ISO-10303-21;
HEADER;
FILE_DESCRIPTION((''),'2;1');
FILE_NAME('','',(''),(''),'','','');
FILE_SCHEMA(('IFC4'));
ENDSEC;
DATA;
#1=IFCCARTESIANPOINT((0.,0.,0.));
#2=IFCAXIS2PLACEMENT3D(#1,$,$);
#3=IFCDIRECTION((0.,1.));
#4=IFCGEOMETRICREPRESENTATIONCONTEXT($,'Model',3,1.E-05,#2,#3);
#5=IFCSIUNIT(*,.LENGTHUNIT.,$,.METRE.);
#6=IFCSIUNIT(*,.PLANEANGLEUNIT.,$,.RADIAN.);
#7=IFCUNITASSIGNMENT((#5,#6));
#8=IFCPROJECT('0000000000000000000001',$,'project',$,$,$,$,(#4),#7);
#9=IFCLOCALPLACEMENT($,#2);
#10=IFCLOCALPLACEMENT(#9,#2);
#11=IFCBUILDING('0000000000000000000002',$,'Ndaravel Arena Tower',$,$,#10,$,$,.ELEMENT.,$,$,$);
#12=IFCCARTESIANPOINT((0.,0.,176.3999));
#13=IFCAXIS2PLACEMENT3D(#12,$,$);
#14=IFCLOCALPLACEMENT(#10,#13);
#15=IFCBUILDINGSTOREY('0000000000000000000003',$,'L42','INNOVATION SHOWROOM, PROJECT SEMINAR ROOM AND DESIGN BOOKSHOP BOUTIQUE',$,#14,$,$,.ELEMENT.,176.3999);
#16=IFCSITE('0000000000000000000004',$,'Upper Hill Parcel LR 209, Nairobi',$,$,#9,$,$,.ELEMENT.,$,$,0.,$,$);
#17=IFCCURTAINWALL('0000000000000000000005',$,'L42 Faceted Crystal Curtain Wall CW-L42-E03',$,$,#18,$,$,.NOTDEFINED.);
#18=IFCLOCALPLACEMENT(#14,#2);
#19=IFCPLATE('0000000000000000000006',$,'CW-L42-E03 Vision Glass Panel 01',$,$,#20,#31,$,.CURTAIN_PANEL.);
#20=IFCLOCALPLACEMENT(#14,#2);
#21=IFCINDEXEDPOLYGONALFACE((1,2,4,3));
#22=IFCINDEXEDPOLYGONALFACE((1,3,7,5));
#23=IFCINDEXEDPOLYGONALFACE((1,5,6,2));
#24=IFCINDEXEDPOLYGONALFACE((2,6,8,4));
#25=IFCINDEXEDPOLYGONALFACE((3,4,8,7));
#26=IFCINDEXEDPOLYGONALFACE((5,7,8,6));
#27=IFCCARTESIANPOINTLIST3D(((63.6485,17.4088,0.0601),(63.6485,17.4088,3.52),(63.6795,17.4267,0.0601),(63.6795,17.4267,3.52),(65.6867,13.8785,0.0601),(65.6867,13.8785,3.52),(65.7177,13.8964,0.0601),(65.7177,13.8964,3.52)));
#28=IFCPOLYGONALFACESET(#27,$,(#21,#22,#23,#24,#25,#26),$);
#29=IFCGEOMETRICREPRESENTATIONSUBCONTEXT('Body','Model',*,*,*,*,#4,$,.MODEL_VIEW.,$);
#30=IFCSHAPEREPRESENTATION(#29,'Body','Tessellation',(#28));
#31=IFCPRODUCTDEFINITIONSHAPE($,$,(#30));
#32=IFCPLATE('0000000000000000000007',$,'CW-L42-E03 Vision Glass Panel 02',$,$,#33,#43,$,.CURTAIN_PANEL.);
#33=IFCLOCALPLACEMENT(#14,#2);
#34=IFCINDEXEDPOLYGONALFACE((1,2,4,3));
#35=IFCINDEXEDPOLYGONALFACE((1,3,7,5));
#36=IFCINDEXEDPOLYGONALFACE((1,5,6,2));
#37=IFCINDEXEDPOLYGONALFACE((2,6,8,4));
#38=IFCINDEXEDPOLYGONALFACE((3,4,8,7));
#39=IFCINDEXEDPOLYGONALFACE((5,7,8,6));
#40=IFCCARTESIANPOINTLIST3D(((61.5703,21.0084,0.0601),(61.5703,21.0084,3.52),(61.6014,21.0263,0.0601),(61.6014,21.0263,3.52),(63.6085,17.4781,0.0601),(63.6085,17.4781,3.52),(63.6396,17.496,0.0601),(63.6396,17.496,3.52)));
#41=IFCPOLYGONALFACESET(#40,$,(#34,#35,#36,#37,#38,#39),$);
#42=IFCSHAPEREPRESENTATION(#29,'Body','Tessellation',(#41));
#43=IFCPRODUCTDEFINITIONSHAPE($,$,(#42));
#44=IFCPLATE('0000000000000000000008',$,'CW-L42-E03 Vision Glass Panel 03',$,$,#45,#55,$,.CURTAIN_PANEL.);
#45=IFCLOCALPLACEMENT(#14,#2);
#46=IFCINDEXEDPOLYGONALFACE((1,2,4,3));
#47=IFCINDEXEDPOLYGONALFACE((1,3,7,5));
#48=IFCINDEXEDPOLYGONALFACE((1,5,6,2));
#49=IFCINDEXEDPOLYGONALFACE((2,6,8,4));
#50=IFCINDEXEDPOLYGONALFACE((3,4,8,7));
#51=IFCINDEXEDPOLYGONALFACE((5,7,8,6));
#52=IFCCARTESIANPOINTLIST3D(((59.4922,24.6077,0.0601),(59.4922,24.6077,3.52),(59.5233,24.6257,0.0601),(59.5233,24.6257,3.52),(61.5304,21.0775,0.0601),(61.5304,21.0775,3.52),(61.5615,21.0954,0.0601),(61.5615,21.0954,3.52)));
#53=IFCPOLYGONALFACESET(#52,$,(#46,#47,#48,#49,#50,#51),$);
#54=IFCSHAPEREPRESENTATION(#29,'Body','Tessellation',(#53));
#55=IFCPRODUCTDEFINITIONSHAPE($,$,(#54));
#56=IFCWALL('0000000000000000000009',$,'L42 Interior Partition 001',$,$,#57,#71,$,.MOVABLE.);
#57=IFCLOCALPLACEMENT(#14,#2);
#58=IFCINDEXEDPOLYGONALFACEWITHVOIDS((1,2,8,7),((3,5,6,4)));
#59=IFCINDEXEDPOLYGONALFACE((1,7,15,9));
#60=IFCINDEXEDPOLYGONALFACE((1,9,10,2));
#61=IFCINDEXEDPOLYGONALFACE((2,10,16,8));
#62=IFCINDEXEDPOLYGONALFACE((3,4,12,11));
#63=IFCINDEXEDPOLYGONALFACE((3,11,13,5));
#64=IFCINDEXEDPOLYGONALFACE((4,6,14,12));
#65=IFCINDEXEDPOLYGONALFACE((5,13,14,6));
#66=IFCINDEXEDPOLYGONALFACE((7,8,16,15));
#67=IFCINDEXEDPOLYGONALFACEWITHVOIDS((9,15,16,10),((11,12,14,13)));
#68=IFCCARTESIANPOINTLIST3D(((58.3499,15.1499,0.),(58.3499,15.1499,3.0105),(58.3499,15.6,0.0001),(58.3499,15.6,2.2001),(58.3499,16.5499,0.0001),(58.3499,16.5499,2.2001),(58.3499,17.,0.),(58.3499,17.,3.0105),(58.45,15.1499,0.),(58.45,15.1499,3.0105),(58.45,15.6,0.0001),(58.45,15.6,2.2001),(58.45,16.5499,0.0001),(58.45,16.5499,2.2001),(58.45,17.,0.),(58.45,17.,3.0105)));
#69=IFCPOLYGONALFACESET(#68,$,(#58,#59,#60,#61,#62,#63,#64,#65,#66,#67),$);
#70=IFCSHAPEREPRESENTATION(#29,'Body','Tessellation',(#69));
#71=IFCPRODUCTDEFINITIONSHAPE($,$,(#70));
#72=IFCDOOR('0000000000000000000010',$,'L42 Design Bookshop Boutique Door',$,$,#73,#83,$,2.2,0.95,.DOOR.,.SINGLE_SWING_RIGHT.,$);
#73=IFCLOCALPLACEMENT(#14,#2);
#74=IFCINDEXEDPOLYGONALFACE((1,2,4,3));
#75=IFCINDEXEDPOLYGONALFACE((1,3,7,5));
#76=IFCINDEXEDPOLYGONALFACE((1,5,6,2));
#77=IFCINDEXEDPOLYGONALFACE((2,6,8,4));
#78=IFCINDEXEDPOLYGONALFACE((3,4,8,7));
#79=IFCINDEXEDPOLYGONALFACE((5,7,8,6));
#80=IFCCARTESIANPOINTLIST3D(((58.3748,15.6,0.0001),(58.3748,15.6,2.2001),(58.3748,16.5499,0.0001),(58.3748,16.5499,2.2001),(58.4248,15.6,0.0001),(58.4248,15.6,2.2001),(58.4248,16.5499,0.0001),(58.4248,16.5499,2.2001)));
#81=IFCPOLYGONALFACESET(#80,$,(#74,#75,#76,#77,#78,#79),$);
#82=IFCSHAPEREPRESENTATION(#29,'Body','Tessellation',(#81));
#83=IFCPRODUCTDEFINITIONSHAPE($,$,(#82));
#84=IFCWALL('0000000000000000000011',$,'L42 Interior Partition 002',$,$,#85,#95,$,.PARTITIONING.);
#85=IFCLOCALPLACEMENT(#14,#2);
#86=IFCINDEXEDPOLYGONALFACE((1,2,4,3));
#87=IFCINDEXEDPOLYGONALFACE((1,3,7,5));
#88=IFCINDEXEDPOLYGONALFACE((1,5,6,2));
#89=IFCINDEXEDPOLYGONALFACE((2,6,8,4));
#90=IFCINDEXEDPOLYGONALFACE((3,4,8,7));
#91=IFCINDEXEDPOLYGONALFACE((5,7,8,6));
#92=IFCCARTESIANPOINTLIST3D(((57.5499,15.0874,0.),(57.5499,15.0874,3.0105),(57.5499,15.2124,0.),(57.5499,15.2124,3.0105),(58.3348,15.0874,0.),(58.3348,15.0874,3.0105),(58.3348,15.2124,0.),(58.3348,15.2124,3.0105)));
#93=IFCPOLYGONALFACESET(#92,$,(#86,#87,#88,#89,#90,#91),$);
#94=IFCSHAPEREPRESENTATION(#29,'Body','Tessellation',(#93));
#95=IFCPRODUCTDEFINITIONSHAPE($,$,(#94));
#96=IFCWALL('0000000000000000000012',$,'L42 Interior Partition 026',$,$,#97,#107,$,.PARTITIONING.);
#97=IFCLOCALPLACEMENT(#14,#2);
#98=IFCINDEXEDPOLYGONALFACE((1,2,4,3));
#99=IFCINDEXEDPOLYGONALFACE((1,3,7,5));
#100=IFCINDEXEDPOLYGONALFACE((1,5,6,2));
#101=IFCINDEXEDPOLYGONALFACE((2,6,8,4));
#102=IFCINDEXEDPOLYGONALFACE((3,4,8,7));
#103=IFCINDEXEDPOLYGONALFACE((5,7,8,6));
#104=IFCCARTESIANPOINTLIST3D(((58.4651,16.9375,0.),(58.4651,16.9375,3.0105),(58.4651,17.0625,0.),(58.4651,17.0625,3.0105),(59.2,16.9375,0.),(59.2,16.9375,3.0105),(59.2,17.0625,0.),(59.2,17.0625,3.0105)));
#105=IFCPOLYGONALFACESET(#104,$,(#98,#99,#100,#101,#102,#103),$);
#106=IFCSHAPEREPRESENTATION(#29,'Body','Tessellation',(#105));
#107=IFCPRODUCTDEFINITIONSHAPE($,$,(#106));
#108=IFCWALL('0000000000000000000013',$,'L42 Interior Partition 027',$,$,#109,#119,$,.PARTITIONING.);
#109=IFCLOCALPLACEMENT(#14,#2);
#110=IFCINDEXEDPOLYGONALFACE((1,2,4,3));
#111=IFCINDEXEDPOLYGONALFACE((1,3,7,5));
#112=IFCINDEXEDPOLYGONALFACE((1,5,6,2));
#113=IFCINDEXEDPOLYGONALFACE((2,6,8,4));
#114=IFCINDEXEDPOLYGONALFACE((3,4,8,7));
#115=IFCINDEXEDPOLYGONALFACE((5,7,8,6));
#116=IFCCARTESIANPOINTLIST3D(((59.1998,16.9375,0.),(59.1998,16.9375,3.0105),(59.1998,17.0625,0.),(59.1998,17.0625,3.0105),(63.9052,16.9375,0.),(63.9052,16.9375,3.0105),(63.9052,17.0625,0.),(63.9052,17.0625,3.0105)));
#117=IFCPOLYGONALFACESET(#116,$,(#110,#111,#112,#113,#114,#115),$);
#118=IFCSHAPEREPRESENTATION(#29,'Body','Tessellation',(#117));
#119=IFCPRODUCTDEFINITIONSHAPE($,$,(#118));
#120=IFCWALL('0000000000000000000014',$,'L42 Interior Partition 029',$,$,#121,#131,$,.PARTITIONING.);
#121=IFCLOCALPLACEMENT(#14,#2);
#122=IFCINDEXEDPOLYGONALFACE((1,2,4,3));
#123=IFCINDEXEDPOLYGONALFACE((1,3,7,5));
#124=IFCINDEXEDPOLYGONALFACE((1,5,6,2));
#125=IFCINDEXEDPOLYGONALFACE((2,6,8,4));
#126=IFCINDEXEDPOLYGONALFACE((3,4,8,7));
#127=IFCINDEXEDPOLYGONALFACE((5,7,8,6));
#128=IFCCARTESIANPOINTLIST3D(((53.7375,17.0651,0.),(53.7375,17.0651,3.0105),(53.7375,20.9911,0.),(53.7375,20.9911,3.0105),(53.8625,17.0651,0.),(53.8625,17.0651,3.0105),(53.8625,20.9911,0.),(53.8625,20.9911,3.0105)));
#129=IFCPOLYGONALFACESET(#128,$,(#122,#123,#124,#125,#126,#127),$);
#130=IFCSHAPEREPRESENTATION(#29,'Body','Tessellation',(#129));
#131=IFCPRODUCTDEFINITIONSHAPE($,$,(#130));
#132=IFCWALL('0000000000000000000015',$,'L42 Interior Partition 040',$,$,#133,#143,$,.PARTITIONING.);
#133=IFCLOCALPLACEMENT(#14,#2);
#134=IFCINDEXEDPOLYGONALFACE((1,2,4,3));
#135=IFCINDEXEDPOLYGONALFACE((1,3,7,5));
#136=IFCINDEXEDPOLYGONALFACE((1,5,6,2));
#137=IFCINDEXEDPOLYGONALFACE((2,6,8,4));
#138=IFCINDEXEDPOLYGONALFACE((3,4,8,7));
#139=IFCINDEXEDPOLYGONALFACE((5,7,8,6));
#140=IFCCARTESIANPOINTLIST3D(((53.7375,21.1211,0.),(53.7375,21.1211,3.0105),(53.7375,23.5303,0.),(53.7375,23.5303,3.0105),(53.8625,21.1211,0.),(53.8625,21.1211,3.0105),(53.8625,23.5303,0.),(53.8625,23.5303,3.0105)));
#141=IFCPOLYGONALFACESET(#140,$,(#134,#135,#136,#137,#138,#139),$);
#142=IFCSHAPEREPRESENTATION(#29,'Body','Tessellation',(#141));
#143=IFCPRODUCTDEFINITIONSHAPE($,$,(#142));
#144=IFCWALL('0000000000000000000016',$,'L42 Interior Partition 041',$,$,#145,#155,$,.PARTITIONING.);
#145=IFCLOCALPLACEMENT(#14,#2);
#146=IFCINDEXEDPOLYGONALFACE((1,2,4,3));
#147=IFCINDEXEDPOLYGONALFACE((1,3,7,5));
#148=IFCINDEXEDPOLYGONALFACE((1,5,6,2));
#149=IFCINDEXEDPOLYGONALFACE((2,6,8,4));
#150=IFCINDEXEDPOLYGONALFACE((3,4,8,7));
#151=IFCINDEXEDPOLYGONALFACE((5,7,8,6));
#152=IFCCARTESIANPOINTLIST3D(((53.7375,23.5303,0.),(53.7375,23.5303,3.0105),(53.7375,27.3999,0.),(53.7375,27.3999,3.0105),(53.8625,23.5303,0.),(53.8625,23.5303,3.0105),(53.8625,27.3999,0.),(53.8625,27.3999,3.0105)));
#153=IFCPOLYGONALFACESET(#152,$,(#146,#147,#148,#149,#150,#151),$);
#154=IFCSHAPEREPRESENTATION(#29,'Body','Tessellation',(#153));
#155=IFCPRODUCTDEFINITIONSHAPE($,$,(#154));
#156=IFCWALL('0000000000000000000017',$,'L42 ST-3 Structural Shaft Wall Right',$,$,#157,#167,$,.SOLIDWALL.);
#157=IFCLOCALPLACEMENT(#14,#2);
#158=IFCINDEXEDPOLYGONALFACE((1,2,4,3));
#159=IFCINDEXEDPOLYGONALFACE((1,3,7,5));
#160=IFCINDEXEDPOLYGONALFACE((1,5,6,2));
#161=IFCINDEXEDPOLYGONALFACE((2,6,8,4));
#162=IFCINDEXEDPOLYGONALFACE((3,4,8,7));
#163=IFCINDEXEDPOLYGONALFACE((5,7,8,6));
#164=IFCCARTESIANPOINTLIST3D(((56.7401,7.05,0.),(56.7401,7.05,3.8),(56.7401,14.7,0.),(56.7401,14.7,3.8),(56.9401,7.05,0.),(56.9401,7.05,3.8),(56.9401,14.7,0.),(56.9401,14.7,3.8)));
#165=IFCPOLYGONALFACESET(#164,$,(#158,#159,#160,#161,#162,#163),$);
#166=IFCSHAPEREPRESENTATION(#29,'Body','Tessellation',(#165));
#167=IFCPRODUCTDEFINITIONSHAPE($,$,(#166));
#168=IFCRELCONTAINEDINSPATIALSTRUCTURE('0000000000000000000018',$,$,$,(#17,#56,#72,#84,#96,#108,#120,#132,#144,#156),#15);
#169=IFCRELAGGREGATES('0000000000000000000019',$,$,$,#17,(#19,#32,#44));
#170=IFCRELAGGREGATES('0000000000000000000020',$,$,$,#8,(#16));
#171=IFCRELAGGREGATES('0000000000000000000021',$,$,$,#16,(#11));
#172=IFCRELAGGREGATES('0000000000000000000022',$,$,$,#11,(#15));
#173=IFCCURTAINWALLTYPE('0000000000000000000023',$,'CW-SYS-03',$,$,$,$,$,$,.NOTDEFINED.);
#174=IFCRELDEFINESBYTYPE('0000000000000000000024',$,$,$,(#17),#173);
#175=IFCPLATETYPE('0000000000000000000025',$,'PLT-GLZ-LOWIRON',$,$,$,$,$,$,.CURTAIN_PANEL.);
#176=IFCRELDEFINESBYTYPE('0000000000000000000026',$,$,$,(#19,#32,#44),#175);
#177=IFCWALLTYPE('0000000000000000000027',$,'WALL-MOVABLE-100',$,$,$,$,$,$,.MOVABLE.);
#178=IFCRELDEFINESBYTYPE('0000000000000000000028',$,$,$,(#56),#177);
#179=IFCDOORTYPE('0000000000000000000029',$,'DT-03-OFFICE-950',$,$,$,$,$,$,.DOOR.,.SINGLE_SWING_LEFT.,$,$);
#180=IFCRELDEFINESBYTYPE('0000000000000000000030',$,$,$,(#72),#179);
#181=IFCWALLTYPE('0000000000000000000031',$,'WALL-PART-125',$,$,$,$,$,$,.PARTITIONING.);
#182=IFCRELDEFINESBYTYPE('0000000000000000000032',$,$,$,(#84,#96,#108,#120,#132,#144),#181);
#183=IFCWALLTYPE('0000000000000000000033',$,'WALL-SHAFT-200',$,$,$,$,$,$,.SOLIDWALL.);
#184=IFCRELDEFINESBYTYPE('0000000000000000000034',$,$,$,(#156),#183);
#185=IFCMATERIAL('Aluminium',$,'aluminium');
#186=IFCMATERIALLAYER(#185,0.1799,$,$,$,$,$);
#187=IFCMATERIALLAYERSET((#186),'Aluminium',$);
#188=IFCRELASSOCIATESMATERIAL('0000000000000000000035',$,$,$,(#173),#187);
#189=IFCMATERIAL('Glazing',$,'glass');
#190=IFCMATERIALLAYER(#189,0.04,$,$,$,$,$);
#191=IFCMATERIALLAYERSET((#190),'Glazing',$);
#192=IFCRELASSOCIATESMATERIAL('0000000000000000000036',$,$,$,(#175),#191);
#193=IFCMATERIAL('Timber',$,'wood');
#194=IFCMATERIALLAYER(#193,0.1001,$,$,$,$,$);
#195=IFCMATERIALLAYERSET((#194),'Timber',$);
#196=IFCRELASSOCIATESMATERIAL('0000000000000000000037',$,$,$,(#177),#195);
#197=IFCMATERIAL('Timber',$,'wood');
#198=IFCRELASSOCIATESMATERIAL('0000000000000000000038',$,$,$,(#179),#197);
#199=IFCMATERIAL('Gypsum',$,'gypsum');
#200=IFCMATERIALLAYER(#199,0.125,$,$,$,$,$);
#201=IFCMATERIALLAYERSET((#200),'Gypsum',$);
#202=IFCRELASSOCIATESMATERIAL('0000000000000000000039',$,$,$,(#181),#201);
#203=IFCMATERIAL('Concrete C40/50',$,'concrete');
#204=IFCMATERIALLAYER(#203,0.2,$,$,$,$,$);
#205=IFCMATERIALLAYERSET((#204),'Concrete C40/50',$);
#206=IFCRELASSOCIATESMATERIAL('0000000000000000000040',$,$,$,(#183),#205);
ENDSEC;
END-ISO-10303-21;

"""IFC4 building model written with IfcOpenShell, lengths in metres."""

from ifc_helpers import new_model, si_unit, direction, frame, frame_2d, origin, origin_2d, place, context, subcontext, project, spatial, rectangle, extrude, material, layer, layer_set, type_object, element, fill, aggregate, save


model = new_model("IFC4")

# Units and contexts
model_context = context("Model", 3, precision=1e-05, world=origin(), true_north=direction((0.0, 1.0)))
body_context = subcontext(model_context, "Body", "Model", "MODEL_VIEW")
ifc_project = project(units=[si_unit("LENGTHUNIT", "METRE"), si_unit("PLANEANGLEUNIT", "RADIAN")], contexts=[model_context])

# Site, building, storey
site_placement = place(None, origin())
site = spatial("IfcSite", under=ifc_project, at=site_placement, Name="Upper Hill Parcel LR 209, Nairobi", CompositionType="ELEMENT", RefElevation=0.0)
building_placement = place(site_placement, origin())
building = spatial("IfcBuilding", under=site, at=building_placement, Name="Ndaravel Arena Tower", CompositionType="ELEMENT")
storey_placement = place(building_placement, frame((0.0, 0.0, 176.3999)))
storey = spatial("IfcBuildingStorey", under=building, at=storey_placement, Name="L42", Description="INNOVATION SHOWROOM, PROJECT SEMINAR ROOM AND DESIGN BOOKSHOP BOUTIQUE", CompositionType="ELEMENT", Elevation=176.3999)

# Curtain wall, plates
ifc_material_1 = material(Name="Aluminium", Category="aluminium")
ifc_layer_1 = layer(ifc_material_1, 0.1799)
ifc_layer_set_1 = layer_set([ifc_layer_1], Name="Aluminium")
curtain_wall_type = type_object("IfcCurtainWallType", Name="CW-SYS-03", PredefinedType="NOTDEFINED", material=ifc_layer_set_1)
curtain_wall_placement = place(storey_placement, origin())
curtain_wall = element("IfcCurtainWall", 1, at=curtain_wall_placement, inside=storey, type_object=curtain_wall_type, Name="L42 Faceted Crystal Curtain Wall CW-L42-E03", PredefinedType="NOTDEFINED")
ifc_material_2 = material(Name="Glazing", Category="glass")
ifc_layer_2 = layer(ifc_material_2, 0.04)
ifc_layer_set_2 = layer_set([ifc_layer_2], Name="Glazing")
plate_type = type_object("IfcPlateType", Name="PLT-GLZ-LOWIRON", PredefinedType="CURTAIN_PANEL", material=ifc_layer_set_2)
plate_1_placement = place(storey_placement, frame((64.6831, 15.6526, 0.0601), z_axis=(0.0, 0.0, 1.0), x_axis=(-0.5, 0.866025, 0.0)))
plate_1 = element("IfcPlate", 2, at=plate_1_placement, type_object=plate_type, Name="CW-L42-E03 Vision Glass Panel 01", PredefinedType="CURTAIN_PANEL", context=body_context, shape_type="SweptSolid", body=[
    extrude(rectangle(XDim=4.0764, YDim=0.0359, at=origin_2d()), origin(), (0.0, 0.0, 1.0), 3.46),
])
plate_2_placement = place(storey_placement, frame((62.605, 19.2522, 0.0601), z_axis=(0.0, 0.0, 1.0), x_axis=(-0.5, 0.866025, 0.0)))
plate_2 = element("IfcPlate", 3, at=plate_2_placement, type_object=plate_type, Name="CW-L42-E03 Vision Glass Panel 02", PredefinedType="CURTAIN_PANEL", context=body_context, shape_type="SweptSolid", body=[
    extrude(rectangle(XDim=4.0764, YDim=0.0359, at=origin_2d()), origin(), (0.0, 0.0, 1.0), 3.46),
])
plate_3_placement = place(storey_placement, frame((60.5269, 22.8516, 0.0601), z_axis=(0.0, 0.0, 1.0), x_axis=(-0.5, 0.866025, 0.0)))
plate_3 = element("IfcPlate", 4, at=plate_3_placement, type_object=plate_type, Name="CW-L42-E03 Vision Glass Panel 03", PredefinedType="CURTAIN_PANEL", context=body_context, shape_type="SweptSolid", body=[
    extrude(rectangle(XDim=4.0764, YDim=0.0359, at=origin_2d()), origin(), (0.0, 0.0, 1.0), 3.46),
])
aggregate(curtain_wall, [plate_1, plate_2, plate_3])

# Wall, opening, door
ifc_material_3 = material(Name="Timber", Category="wood")
ifc_layer_3 = layer(ifc_material_3, 0.1001)
ifc_layer_set_3 = layer_set([ifc_layer_3], Name="Timber")
wall_type_1 = type_object("IfcWallType", Name="WALL-MOVABLE-100", PredefinedType="MOVABLE", material=ifc_layer_set_3)
wall_1_placement = place(storey_placement, frame((58.3999, 17.0, 0.0), z_axis=(0.0, 0.0, 1.0), x_axis=(0.0, -1.0, 0.0)))
wall_1 = element("IfcWall", 5, at=wall_1_placement, inside=storey, type_object=wall_type_1, Name="L42 Interior Partition 001", PredefinedType="MOVABLE", context=body_context, shape_type="SweptSolid", body=[
    extrude(rectangle(XDim=1.8501, YDim=0.1001, at=frame_2d((0.925, 0.0))), origin(), (0.0, 0.0, 1.0), 3.0105),
])
opening_placement = place(wall_1_placement, frame((0.45, 0.0, 0.0)))
opening = element("IfcOpeningElement", 6, at=opening_placement, cuts=wall_1, PredefinedType="OPENING", context=body_context, shape_type="SweptSolid", body=[
    extrude(rectangle(XDim=0.95, YDim=2.2, at=frame_2d((0.4751, 1.1001))), frame((0.0, 0.05, 0.0), z_axis=(0.0, -1.0, 0.0), x_axis=(1.0, 0.0, 0.0)), (0.0, 0.0, 1.0), 0.1001),
])
ifc_material_4 = material(Name="Timber", Category="wood")
door_type = type_object("IfcDoorType", Name="DT-03-OFFICE-950", OperationType="SINGLE_SWING_LEFT", PredefinedType="DOOR", material=ifc_material_4)
door_placement = place(opening_placement, origin())
door = element("IfcDoor", 7, at=door_placement, inside=storey, type_object=door_type, Name="L42 Design Bookshop Boutique Door", OperationType="SINGLE_SWING_RIGHT", OverallHeight=2.2, OverallWidth=0.95, PredefinedType="DOOR", context=body_context, shape_type="SweptSolid", body=[
    extrude(rectangle(XDim=0.95, YDim=2.2, at=frame_2d((0.4751, 1.1001))), frame((0.0, 0.0249, 0.0), z_axis=(0.0, -1.0, 0.0), x_axis=(1.0, 0.0, 0.0)), (0.0, 0.0, 1.0), 0.05),
])
fill(opening, door)

# Walls
ifc_material_5 = material(Name="Gypsum", Category="gypsum")
ifc_layer_4 = layer(ifc_material_5, 0.125)
ifc_layer_set_4 = layer_set([ifc_layer_4], Name="Gypsum")
wall_type_2 = type_object("IfcWallType", Name="WALL-PART-125", PredefinedType="PARTITIONING", material=ifc_layer_set_4)
wall_2_placement = place(storey_placement, frame((58.335, 15.1499, 0.0), z_axis=(0.0, 0.0, 1.0), x_axis=(-1.0, 0.0, 0.0)))
element("IfcWall", 8, at=wall_2_placement, inside=storey, type_object=wall_type_2, Name="L42 Interior Partition 002", PredefinedType="PARTITIONING", context=body_context, shape_type="SweptSolid", body=[
    extrude(rectangle(XDim=0.7849, YDim=0.125, at=frame_2d((0.3926, 0.0))), origin(), (0.0, 0.0, 1.0), 3.0105),
])
wall_3_placement = place(storey_placement, frame((58.4651, 17.0, 0.0), z_axis=(0.0, 0.0, 1.0), x_axis=(1.0, 0.0, 0.0)))
element("IfcWall", 9, at=wall_3_placement, inside=storey, type_object=wall_type_2, Name="L42 Interior Partition 026", PredefinedType="PARTITIONING", context=body_context, shape_type="SweptSolid", body=[
    extrude(rectangle(XDim=0.7349, YDim=0.125, at=frame_2d((0.3674, 0.0))), origin(), (0.0, 0.0, 1.0), 3.0105),
])
wall_4_placement = place(storey_placement, frame((59.2, 17.0, 0.0), z_axis=(0.0, 0.0, 1.0), x_axis=(1.0, 0.0, 0.0)))
element("IfcWall", 10, at=wall_4_placement, inside=storey, type_object=wall_type_2, Name="L42 Interior Partition 027", PredefinedType="PARTITIONING", context=body_context, shape_type="SweptSolid", body=[
    extrude(rectangle(XDim=4.7053, YDim=0.125, at=frame_2d((2.3525, 0.0))), origin(), (0.0, 0.0, 1.0), 3.0105),
])
wall_5_placement = place(storey_placement, frame((53.8, 20.991, 0.0), z_axis=(0.0, 0.0, 1.0), x_axis=(0.0, -1.0, 0.0)))
element("IfcWall", 11, at=wall_5_placement, inside=storey, type_object=wall_type_2, Name="L42 Interior Partition 029", PredefinedType="PARTITIONING", context=body_context, shape_type="SweptSolid", body=[
    extrude(rectangle(XDim=3.926, YDim=0.125, at=frame_2d((1.9629, 0.0))), origin(), (0.0, 0.0, 1.0), 3.0105),
])
wall_6_placement = place(storey_placement, frame((53.8, 21.1211, 0.0), z_axis=(0.0, 0.0, 1.0), x_axis=(0.0, 1.0, 0.0)))
element("IfcWall", 12, at=wall_6_placement, inside=storey, type_object=wall_type_2, Name="L42 Interior Partition 040", PredefinedType="PARTITIONING", context=body_context, shape_type="SweptSolid", body=[
    extrude(rectangle(XDim=2.4092, YDim=0.125, at=frame_2d((1.2046, 0.0))), origin(), (0.0, 0.0, 1.0), 3.0105),
])
wall_7_placement = place(storey_placement, frame((53.8, 23.5303, 0.0), z_axis=(0.0, 0.0, 1.0), x_axis=(0.0, 1.0, 0.0)))
element("IfcWall", 13, at=wall_7_placement, inside=storey, type_object=wall_type_2, Name="L42 Interior Partition 041", PredefinedType="PARTITIONING", context=body_context, shape_type="SweptSolid", body=[
    extrude(rectangle(XDim=3.8696, YDim=0.125, at=frame_2d((1.9348, 0.0))), origin(), (0.0, 0.0, 1.0), 3.0105),
])
ifc_material_6 = material(Name="Concrete C40/50", Category="concrete")
ifc_layer_5 = layer(ifc_material_6, 0.2)
ifc_layer_set_5 = layer_set([ifc_layer_5], Name="Concrete C40/50")
wall_type_3 = type_object("IfcWallType", Name="WALL-SHAFT-200", PredefinedType="SOLIDWALL", material=ifc_layer_set_5)
wall_8_placement = place(storey_placement, frame((56.8401, 14.7, 0.0), z_axis=(0.0, 0.0, 1.0), x_axis=(0.0, -1.0, 0.0)))
element("IfcWall", 14, at=wall_8_placement, inside=storey, type_object=wall_type_3, Name="L42 ST-3 Structural Shaft Wall Right", PredefinedType="SOLIDWALL", context=body_context, shape_type="SweptSolid", body=[
    extrude(rectangle(XDim=7.6499, YDim=0.2, at=frame_2d((3.825, 0.0))), origin(), (0.0, 0.0, 1.0), 3.8),
])

save(model, "model.ifc")
